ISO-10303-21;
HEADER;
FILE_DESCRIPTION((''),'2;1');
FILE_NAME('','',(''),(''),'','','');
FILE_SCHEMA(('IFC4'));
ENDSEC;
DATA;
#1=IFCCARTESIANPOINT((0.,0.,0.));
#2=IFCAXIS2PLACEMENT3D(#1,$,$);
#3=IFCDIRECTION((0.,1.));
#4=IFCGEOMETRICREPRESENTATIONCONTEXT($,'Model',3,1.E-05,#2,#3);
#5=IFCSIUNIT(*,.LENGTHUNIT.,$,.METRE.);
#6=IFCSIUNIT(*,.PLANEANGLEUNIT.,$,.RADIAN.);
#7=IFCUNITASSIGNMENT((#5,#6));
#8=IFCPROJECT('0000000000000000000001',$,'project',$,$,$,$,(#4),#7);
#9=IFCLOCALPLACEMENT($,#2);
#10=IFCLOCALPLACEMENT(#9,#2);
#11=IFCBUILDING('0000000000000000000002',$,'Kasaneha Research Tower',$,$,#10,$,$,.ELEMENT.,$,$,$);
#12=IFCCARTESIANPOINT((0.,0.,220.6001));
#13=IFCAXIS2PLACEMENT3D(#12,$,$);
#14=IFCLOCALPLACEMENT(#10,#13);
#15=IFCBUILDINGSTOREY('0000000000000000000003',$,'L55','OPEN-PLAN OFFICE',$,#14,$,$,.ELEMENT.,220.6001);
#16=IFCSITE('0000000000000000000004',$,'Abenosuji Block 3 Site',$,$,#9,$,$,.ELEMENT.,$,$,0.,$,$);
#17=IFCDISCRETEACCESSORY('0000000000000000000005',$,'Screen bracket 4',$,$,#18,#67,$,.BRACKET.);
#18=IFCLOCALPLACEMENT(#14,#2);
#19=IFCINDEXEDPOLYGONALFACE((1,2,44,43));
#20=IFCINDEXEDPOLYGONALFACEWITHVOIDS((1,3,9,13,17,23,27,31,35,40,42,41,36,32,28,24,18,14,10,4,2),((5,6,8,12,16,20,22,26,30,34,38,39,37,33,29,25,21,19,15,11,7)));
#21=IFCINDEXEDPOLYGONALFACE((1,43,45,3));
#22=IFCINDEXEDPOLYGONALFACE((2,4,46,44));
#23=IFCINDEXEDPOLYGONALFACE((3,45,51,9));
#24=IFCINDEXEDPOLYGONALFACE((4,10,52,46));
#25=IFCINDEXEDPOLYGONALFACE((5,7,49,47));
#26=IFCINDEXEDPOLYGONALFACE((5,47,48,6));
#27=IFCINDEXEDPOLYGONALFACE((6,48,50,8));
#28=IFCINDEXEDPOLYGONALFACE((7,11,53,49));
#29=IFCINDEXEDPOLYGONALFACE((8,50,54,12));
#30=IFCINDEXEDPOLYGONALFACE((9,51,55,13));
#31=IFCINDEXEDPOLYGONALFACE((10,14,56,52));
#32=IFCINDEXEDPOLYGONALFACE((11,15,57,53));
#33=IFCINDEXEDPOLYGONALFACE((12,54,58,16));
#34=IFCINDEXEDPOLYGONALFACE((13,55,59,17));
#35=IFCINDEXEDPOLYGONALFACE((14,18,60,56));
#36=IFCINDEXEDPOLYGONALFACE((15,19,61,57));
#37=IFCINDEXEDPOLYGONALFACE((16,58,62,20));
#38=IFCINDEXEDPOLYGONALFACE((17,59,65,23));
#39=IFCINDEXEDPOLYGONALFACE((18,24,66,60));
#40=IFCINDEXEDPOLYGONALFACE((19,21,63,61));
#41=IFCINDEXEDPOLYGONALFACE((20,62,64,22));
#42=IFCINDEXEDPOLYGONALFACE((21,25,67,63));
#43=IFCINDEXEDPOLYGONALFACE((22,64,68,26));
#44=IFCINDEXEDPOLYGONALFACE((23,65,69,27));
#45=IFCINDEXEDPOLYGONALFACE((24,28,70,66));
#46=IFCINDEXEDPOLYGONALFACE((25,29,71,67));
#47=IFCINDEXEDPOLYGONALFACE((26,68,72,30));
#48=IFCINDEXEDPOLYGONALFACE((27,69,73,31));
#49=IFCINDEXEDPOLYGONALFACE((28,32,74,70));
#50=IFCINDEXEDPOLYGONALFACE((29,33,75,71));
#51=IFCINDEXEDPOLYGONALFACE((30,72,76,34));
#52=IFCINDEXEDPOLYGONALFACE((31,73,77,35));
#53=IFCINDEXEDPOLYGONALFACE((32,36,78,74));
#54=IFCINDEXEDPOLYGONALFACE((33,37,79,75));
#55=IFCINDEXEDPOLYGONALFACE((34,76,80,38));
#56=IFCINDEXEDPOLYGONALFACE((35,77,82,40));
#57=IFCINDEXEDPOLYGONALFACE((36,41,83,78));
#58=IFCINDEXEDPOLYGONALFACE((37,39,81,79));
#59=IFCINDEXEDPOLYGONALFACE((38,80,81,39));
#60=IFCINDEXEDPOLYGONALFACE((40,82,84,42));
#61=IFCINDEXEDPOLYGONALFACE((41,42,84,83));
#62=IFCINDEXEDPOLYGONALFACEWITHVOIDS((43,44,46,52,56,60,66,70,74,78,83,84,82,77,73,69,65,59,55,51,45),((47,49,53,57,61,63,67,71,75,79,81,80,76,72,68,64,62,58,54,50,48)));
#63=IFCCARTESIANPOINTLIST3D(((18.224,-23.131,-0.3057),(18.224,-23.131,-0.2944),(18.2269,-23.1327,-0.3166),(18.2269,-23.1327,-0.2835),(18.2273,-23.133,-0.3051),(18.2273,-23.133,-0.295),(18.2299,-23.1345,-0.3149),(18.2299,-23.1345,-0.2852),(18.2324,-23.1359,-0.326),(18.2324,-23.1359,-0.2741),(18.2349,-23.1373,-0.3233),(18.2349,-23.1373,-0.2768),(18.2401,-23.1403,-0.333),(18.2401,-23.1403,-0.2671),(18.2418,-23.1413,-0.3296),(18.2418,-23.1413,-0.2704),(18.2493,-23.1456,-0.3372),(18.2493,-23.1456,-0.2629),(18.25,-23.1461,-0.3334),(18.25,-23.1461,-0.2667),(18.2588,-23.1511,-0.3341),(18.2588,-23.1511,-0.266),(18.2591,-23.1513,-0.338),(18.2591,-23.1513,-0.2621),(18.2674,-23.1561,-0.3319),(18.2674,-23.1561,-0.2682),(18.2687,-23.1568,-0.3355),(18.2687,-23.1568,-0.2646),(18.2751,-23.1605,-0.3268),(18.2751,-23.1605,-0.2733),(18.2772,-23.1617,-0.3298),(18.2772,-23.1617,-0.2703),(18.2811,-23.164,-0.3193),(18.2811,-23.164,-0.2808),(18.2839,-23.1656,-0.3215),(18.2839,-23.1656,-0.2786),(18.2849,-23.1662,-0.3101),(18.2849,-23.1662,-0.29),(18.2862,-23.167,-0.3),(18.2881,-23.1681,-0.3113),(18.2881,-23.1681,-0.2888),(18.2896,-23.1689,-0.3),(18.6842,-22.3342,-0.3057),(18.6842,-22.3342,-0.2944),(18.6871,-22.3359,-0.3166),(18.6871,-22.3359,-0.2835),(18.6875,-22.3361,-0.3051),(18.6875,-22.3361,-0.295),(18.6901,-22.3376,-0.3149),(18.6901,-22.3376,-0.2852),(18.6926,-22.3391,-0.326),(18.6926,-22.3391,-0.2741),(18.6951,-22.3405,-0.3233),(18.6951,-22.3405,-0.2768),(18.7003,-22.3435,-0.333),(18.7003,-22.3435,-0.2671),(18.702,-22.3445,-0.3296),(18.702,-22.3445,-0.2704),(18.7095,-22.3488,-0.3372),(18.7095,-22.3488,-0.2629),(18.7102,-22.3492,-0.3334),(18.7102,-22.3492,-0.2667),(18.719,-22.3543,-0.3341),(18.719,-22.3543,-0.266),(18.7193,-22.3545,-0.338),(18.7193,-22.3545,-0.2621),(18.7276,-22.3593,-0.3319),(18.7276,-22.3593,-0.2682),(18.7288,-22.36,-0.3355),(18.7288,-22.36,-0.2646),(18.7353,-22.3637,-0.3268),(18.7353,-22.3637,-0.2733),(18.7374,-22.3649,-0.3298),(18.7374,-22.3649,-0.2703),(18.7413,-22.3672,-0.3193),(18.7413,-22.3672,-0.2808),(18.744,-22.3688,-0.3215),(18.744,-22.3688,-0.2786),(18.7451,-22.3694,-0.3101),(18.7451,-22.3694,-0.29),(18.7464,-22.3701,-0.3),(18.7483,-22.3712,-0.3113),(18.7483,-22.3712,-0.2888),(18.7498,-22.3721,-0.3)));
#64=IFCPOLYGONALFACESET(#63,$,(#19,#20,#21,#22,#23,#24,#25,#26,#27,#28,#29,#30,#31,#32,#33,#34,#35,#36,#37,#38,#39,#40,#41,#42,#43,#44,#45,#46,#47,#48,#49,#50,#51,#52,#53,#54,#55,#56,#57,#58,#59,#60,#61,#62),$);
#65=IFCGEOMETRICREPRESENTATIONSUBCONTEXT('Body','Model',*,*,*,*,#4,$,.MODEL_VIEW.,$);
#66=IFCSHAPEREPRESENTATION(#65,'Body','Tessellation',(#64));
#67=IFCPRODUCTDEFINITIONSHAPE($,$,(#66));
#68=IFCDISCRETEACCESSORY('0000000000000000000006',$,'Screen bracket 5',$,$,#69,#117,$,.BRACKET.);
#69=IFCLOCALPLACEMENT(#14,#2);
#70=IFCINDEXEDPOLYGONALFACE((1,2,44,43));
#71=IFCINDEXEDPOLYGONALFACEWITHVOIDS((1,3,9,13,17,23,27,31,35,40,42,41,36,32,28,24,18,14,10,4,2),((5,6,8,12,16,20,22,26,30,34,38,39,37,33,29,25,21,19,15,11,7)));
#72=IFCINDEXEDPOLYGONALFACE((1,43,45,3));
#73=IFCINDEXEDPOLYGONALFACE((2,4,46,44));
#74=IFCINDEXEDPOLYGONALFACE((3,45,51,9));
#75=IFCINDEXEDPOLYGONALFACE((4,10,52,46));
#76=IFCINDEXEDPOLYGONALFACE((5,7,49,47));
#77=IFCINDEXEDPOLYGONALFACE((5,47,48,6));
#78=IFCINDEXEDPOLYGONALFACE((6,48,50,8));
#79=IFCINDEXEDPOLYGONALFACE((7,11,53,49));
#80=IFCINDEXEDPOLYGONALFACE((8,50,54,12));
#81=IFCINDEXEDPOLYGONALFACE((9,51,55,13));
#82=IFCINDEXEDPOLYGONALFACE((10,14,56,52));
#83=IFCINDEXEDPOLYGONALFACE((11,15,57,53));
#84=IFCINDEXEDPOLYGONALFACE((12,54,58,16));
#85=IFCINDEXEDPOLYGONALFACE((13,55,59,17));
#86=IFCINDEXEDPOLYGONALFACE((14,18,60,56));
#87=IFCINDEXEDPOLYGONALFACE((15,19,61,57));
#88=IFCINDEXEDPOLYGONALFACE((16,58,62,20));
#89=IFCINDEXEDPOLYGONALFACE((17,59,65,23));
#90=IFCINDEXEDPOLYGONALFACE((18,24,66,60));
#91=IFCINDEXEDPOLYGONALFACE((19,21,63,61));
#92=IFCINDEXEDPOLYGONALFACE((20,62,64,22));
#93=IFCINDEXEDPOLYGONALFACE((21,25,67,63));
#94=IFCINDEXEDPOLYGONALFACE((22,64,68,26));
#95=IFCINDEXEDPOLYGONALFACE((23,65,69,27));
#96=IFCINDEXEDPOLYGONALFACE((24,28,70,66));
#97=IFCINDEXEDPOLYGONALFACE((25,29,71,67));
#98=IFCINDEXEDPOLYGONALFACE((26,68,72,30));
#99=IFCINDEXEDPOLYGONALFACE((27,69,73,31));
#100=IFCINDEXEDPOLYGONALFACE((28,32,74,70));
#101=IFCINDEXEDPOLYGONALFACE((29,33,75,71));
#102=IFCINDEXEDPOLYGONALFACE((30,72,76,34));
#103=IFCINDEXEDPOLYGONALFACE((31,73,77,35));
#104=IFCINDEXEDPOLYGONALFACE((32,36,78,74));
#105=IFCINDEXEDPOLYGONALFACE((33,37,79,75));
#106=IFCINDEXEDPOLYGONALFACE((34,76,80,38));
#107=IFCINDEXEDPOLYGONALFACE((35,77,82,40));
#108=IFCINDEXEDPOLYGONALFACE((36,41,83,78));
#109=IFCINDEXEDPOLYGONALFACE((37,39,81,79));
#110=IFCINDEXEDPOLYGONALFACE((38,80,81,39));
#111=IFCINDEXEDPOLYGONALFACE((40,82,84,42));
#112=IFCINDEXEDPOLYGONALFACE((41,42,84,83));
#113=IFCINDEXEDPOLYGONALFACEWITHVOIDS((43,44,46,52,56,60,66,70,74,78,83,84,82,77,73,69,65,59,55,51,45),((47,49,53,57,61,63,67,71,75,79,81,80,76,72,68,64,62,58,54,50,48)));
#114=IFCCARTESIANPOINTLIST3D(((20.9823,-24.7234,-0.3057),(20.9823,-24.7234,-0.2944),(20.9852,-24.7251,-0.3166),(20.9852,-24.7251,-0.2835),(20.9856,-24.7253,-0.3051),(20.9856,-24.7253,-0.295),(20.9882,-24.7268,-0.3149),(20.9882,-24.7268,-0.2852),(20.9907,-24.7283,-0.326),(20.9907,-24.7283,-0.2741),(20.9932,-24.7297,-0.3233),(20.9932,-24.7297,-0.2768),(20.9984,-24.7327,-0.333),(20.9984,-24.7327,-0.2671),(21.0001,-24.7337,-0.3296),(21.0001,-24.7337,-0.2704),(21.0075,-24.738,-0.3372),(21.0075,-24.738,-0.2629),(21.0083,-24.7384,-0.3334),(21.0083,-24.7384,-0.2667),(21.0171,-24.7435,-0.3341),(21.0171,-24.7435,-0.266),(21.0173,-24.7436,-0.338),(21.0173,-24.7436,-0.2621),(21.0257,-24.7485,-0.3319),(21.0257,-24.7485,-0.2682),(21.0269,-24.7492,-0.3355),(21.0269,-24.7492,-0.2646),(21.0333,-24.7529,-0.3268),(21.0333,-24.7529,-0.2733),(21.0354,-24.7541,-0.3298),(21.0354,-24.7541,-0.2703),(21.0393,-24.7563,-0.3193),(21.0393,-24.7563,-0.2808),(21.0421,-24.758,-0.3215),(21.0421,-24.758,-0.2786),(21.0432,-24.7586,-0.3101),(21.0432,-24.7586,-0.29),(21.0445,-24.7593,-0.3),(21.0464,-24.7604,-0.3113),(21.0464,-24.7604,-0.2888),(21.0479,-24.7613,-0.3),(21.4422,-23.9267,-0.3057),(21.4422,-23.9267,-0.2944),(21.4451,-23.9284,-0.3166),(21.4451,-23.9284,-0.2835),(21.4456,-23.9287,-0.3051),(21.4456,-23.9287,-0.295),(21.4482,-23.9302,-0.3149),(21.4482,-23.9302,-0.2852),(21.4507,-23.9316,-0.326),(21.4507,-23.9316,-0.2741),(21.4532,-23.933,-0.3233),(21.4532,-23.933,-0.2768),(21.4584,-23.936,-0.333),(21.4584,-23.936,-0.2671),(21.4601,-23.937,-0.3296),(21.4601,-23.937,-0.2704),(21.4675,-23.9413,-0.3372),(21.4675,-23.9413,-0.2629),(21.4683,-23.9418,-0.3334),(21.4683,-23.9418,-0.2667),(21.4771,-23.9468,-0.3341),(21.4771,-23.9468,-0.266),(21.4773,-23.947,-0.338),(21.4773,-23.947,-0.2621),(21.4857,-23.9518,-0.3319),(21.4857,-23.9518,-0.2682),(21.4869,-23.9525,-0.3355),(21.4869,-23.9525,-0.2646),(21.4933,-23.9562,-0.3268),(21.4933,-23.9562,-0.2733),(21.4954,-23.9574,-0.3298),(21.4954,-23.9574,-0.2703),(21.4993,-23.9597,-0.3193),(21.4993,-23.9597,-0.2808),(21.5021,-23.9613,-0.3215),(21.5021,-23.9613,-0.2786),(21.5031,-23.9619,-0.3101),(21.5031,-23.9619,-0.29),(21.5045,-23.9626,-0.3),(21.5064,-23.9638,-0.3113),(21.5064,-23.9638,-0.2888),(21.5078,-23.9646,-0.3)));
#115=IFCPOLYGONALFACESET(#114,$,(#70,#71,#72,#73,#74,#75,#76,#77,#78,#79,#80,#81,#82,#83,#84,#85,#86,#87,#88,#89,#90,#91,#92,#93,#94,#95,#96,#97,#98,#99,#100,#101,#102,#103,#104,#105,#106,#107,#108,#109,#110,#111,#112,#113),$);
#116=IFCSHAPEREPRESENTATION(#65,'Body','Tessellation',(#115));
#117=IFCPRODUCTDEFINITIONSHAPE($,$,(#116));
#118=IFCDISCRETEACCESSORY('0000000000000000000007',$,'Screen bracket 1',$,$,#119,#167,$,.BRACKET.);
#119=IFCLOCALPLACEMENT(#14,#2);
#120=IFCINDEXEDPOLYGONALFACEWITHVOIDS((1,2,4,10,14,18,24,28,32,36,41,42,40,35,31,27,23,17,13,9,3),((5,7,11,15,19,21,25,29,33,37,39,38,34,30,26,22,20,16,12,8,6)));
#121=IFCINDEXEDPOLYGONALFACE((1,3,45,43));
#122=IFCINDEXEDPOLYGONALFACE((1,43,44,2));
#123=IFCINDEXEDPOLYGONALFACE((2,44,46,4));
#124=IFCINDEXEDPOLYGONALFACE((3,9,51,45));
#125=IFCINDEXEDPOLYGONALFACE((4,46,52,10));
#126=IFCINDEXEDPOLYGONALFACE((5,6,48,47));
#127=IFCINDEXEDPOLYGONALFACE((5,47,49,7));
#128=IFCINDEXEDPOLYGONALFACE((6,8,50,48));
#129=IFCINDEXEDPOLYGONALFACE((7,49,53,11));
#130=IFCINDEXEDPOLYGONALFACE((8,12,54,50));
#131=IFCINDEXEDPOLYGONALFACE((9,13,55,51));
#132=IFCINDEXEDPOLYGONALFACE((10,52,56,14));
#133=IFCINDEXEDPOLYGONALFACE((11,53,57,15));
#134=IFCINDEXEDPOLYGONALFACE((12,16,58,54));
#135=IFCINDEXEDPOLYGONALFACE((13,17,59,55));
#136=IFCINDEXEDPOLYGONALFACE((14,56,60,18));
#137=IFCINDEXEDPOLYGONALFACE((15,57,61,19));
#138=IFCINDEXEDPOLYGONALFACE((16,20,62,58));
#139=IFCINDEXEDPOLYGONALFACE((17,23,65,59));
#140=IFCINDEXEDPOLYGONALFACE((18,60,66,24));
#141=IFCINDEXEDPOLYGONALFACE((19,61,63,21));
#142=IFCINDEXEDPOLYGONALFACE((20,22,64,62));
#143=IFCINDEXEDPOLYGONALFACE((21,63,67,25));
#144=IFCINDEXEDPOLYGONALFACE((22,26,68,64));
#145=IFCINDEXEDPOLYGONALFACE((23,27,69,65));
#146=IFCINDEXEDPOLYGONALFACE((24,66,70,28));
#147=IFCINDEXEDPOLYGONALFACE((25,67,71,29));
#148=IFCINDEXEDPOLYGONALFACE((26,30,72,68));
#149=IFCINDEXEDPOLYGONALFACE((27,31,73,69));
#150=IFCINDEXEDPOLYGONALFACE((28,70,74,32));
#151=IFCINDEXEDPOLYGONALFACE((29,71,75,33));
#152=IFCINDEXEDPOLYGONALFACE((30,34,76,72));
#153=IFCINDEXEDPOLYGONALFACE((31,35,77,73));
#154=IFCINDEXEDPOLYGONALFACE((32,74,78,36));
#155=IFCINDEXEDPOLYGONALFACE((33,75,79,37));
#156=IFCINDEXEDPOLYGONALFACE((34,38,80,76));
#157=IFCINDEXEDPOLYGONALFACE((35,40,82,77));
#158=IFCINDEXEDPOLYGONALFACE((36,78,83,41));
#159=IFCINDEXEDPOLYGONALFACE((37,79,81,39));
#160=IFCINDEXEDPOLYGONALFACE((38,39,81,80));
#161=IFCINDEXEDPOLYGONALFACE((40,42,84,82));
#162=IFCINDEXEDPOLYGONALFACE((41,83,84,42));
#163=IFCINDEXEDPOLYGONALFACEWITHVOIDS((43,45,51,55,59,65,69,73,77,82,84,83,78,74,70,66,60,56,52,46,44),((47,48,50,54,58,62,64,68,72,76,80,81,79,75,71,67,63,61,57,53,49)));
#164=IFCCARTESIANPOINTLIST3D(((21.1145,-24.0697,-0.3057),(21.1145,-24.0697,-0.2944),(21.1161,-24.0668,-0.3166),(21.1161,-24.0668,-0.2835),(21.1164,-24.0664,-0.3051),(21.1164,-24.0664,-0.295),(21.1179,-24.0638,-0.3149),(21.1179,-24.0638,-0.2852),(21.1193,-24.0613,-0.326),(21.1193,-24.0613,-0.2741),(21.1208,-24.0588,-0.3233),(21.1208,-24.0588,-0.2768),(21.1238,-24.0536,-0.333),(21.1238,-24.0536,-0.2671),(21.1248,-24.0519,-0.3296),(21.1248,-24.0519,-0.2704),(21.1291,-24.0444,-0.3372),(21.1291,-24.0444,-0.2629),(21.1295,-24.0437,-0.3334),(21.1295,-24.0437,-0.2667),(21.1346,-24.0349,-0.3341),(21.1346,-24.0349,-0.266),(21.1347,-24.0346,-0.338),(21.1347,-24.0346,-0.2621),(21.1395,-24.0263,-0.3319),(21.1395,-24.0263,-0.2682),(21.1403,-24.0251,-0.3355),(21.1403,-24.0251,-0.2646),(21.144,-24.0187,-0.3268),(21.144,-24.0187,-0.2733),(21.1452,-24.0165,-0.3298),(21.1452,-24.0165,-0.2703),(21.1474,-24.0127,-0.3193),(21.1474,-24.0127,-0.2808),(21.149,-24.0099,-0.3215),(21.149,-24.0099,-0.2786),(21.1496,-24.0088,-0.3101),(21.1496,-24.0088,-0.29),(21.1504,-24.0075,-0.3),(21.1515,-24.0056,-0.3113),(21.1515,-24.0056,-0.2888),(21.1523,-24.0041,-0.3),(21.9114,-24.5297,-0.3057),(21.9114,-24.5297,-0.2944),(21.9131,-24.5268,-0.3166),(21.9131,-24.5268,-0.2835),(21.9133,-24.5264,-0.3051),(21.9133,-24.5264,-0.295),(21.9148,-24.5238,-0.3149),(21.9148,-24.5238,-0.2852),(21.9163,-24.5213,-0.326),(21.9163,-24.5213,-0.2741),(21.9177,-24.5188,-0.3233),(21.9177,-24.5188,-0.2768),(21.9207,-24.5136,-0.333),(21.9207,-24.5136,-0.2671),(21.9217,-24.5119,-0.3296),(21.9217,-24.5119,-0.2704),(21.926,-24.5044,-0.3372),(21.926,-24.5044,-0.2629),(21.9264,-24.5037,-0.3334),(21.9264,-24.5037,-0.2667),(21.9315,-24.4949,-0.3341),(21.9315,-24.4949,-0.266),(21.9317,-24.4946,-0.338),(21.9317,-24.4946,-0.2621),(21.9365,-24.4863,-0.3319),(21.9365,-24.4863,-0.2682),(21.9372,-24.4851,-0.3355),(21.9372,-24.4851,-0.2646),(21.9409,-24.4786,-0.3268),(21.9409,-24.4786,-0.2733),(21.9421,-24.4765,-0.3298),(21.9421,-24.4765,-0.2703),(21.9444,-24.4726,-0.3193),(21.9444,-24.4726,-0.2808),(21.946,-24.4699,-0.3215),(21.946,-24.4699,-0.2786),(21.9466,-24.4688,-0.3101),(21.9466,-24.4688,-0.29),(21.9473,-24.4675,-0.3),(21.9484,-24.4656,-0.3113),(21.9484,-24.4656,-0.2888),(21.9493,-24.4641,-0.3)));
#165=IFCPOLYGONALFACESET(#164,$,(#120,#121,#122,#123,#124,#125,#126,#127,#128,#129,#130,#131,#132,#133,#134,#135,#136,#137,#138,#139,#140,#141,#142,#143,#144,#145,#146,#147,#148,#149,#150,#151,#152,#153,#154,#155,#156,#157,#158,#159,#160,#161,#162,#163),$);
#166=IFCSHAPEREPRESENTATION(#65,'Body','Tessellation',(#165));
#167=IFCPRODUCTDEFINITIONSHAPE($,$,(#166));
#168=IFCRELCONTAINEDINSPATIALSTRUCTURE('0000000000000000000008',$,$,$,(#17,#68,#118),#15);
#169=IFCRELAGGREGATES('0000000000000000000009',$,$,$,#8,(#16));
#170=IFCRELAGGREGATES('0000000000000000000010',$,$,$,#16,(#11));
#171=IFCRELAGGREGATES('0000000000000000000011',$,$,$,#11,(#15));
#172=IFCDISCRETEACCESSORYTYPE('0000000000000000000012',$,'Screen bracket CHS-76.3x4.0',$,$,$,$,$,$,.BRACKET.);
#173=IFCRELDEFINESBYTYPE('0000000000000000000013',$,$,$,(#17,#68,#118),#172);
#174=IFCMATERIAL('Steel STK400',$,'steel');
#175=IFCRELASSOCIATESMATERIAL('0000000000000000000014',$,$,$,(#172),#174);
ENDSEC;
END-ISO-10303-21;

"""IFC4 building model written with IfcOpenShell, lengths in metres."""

from ifc_helpers import new_model, si_unit, direction, frame, origin, origin_2d, place, context, subcontext, project, spatial, hollow_circle, extrude, material, material_profile, profile_set, type_object, element, save


model = new_model("IFC4")

# Units and contexts
model_context = context("Model", 3, precision=1e-05, world=origin(), true_north=direction((0.0, 1.0)))
body_context = subcontext(model_context, "Body", "Model", "MODEL_VIEW")
ifc_project = project(units=[si_unit("LENGTHUNIT", "METRE"), si_unit("PLANEANGLEUNIT", "RADIAN")], contexts=[model_context])

# Site, building, storey
site_placement = place(None, origin())
site = spatial("IfcSite", under=ifc_project, at=site_placement, Name="Abenosuji Block 3 Site", CompositionType="ELEMENT", RefElevation=0.0)
building_placement = place(site_placement, origin())
building = spatial("IfcBuilding", under=site, at=building_placement, Name="Kasaneha Research Tower", CompositionType="ELEMENT")
storey_placement = place(building_placement, frame((0.0, 0.0, 220.6001)))
storey = spatial("IfcBuildingStorey", under=building, at=storey_placement, Name="L55", Description="OPEN-PLAN OFFICE", CompositionType="ELEMENT", Elevation=220.6001)

# Discrete accessories
ifc_material_1 = material(Name="Steel STK400", Category="steel")
ifc_material_profile_1 = material_profile(ifc_material_1, hollow_circle(Radius=0.0381, WallThickness=0.0039, at=origin_2d()), Name="CHS-76.3x4.0")
ifc_profile_set_1 = profile_set([ifc_material_profile_1], Name="Steel STK400")
discrete_accessory_type = type_object("IfcDiscreteAccessoryType", Name="Screen bracket CHS-76.3x4.0", PredefinedType="BRACKET", material=ifc_profile_set_1)
discrete_accessory_1_placement = place(storey_placement, frame((18.7168, -22.353, -0.3), z_axis=(-0.500105, -0.865965, 0.0), x_axis=(0.865965, -0.500105, 0.0)))
element("IfcDiscreteAccessory", 1, at=discrete_accessory_1_placement, inside=storey, type_object=discrete_accessory_type, Name="Screen bracket 4", PredefinedType="BRACKET", context=body_context, shape_type="SweptSolid", body=[
    extrude(hollow_circle(Radius=0.0381, WallThickness=0.0039, at=origin_2d()), origin(), (0.0, 0.0, 1.0), 0.9202),
])
discrete_accessory_2_placement = place(storey_placement, frame((21.4749, -23.9456, -0.3), z_axis=(-0.500021, -0.866013, 0.0), x_axis=(0.866013, -0.500021, 0.0)))
element("IfcDiscreteAccessory", 2, at=discrete_accessory_2_placement, inside=storey, type_object=discrete_accessory_type, Name="Screen bracket 5", PredefinedType="BRACKET", context=body_context, shape_type="SweptSolid", body=[
    extrude(hollow_circle(Radius=0.0381, WallThickness=0.0039, at=origin_2d()), origin(), (0.0, 0.0, 1.0), 0.9199),
])
discrete_accessory_3_placement = place(storey_placement, frame((21.1333, -24.0371, -0.3), z_axis=(0.86608, -0.499906, 0.0), x_axis=(0.499906, 0.86608, 0.0)))
element("IfcDiscreteAccessory", 3, at=discrete_accessory_3_placement, inside=storey, type_object=discrete_accessory_type, Name="Screen bracket 1", PredefinedType="BRACKET", context=body_context, shape_type="SweptSolid", body=[
    extrude(hollow_circle(Radius=0.0381, WallThickness=0.0039, at=origin_2d()), origin(), (0.0, 0.0, 1.0), 0.9202),
])

save(model, "model.ifc")
